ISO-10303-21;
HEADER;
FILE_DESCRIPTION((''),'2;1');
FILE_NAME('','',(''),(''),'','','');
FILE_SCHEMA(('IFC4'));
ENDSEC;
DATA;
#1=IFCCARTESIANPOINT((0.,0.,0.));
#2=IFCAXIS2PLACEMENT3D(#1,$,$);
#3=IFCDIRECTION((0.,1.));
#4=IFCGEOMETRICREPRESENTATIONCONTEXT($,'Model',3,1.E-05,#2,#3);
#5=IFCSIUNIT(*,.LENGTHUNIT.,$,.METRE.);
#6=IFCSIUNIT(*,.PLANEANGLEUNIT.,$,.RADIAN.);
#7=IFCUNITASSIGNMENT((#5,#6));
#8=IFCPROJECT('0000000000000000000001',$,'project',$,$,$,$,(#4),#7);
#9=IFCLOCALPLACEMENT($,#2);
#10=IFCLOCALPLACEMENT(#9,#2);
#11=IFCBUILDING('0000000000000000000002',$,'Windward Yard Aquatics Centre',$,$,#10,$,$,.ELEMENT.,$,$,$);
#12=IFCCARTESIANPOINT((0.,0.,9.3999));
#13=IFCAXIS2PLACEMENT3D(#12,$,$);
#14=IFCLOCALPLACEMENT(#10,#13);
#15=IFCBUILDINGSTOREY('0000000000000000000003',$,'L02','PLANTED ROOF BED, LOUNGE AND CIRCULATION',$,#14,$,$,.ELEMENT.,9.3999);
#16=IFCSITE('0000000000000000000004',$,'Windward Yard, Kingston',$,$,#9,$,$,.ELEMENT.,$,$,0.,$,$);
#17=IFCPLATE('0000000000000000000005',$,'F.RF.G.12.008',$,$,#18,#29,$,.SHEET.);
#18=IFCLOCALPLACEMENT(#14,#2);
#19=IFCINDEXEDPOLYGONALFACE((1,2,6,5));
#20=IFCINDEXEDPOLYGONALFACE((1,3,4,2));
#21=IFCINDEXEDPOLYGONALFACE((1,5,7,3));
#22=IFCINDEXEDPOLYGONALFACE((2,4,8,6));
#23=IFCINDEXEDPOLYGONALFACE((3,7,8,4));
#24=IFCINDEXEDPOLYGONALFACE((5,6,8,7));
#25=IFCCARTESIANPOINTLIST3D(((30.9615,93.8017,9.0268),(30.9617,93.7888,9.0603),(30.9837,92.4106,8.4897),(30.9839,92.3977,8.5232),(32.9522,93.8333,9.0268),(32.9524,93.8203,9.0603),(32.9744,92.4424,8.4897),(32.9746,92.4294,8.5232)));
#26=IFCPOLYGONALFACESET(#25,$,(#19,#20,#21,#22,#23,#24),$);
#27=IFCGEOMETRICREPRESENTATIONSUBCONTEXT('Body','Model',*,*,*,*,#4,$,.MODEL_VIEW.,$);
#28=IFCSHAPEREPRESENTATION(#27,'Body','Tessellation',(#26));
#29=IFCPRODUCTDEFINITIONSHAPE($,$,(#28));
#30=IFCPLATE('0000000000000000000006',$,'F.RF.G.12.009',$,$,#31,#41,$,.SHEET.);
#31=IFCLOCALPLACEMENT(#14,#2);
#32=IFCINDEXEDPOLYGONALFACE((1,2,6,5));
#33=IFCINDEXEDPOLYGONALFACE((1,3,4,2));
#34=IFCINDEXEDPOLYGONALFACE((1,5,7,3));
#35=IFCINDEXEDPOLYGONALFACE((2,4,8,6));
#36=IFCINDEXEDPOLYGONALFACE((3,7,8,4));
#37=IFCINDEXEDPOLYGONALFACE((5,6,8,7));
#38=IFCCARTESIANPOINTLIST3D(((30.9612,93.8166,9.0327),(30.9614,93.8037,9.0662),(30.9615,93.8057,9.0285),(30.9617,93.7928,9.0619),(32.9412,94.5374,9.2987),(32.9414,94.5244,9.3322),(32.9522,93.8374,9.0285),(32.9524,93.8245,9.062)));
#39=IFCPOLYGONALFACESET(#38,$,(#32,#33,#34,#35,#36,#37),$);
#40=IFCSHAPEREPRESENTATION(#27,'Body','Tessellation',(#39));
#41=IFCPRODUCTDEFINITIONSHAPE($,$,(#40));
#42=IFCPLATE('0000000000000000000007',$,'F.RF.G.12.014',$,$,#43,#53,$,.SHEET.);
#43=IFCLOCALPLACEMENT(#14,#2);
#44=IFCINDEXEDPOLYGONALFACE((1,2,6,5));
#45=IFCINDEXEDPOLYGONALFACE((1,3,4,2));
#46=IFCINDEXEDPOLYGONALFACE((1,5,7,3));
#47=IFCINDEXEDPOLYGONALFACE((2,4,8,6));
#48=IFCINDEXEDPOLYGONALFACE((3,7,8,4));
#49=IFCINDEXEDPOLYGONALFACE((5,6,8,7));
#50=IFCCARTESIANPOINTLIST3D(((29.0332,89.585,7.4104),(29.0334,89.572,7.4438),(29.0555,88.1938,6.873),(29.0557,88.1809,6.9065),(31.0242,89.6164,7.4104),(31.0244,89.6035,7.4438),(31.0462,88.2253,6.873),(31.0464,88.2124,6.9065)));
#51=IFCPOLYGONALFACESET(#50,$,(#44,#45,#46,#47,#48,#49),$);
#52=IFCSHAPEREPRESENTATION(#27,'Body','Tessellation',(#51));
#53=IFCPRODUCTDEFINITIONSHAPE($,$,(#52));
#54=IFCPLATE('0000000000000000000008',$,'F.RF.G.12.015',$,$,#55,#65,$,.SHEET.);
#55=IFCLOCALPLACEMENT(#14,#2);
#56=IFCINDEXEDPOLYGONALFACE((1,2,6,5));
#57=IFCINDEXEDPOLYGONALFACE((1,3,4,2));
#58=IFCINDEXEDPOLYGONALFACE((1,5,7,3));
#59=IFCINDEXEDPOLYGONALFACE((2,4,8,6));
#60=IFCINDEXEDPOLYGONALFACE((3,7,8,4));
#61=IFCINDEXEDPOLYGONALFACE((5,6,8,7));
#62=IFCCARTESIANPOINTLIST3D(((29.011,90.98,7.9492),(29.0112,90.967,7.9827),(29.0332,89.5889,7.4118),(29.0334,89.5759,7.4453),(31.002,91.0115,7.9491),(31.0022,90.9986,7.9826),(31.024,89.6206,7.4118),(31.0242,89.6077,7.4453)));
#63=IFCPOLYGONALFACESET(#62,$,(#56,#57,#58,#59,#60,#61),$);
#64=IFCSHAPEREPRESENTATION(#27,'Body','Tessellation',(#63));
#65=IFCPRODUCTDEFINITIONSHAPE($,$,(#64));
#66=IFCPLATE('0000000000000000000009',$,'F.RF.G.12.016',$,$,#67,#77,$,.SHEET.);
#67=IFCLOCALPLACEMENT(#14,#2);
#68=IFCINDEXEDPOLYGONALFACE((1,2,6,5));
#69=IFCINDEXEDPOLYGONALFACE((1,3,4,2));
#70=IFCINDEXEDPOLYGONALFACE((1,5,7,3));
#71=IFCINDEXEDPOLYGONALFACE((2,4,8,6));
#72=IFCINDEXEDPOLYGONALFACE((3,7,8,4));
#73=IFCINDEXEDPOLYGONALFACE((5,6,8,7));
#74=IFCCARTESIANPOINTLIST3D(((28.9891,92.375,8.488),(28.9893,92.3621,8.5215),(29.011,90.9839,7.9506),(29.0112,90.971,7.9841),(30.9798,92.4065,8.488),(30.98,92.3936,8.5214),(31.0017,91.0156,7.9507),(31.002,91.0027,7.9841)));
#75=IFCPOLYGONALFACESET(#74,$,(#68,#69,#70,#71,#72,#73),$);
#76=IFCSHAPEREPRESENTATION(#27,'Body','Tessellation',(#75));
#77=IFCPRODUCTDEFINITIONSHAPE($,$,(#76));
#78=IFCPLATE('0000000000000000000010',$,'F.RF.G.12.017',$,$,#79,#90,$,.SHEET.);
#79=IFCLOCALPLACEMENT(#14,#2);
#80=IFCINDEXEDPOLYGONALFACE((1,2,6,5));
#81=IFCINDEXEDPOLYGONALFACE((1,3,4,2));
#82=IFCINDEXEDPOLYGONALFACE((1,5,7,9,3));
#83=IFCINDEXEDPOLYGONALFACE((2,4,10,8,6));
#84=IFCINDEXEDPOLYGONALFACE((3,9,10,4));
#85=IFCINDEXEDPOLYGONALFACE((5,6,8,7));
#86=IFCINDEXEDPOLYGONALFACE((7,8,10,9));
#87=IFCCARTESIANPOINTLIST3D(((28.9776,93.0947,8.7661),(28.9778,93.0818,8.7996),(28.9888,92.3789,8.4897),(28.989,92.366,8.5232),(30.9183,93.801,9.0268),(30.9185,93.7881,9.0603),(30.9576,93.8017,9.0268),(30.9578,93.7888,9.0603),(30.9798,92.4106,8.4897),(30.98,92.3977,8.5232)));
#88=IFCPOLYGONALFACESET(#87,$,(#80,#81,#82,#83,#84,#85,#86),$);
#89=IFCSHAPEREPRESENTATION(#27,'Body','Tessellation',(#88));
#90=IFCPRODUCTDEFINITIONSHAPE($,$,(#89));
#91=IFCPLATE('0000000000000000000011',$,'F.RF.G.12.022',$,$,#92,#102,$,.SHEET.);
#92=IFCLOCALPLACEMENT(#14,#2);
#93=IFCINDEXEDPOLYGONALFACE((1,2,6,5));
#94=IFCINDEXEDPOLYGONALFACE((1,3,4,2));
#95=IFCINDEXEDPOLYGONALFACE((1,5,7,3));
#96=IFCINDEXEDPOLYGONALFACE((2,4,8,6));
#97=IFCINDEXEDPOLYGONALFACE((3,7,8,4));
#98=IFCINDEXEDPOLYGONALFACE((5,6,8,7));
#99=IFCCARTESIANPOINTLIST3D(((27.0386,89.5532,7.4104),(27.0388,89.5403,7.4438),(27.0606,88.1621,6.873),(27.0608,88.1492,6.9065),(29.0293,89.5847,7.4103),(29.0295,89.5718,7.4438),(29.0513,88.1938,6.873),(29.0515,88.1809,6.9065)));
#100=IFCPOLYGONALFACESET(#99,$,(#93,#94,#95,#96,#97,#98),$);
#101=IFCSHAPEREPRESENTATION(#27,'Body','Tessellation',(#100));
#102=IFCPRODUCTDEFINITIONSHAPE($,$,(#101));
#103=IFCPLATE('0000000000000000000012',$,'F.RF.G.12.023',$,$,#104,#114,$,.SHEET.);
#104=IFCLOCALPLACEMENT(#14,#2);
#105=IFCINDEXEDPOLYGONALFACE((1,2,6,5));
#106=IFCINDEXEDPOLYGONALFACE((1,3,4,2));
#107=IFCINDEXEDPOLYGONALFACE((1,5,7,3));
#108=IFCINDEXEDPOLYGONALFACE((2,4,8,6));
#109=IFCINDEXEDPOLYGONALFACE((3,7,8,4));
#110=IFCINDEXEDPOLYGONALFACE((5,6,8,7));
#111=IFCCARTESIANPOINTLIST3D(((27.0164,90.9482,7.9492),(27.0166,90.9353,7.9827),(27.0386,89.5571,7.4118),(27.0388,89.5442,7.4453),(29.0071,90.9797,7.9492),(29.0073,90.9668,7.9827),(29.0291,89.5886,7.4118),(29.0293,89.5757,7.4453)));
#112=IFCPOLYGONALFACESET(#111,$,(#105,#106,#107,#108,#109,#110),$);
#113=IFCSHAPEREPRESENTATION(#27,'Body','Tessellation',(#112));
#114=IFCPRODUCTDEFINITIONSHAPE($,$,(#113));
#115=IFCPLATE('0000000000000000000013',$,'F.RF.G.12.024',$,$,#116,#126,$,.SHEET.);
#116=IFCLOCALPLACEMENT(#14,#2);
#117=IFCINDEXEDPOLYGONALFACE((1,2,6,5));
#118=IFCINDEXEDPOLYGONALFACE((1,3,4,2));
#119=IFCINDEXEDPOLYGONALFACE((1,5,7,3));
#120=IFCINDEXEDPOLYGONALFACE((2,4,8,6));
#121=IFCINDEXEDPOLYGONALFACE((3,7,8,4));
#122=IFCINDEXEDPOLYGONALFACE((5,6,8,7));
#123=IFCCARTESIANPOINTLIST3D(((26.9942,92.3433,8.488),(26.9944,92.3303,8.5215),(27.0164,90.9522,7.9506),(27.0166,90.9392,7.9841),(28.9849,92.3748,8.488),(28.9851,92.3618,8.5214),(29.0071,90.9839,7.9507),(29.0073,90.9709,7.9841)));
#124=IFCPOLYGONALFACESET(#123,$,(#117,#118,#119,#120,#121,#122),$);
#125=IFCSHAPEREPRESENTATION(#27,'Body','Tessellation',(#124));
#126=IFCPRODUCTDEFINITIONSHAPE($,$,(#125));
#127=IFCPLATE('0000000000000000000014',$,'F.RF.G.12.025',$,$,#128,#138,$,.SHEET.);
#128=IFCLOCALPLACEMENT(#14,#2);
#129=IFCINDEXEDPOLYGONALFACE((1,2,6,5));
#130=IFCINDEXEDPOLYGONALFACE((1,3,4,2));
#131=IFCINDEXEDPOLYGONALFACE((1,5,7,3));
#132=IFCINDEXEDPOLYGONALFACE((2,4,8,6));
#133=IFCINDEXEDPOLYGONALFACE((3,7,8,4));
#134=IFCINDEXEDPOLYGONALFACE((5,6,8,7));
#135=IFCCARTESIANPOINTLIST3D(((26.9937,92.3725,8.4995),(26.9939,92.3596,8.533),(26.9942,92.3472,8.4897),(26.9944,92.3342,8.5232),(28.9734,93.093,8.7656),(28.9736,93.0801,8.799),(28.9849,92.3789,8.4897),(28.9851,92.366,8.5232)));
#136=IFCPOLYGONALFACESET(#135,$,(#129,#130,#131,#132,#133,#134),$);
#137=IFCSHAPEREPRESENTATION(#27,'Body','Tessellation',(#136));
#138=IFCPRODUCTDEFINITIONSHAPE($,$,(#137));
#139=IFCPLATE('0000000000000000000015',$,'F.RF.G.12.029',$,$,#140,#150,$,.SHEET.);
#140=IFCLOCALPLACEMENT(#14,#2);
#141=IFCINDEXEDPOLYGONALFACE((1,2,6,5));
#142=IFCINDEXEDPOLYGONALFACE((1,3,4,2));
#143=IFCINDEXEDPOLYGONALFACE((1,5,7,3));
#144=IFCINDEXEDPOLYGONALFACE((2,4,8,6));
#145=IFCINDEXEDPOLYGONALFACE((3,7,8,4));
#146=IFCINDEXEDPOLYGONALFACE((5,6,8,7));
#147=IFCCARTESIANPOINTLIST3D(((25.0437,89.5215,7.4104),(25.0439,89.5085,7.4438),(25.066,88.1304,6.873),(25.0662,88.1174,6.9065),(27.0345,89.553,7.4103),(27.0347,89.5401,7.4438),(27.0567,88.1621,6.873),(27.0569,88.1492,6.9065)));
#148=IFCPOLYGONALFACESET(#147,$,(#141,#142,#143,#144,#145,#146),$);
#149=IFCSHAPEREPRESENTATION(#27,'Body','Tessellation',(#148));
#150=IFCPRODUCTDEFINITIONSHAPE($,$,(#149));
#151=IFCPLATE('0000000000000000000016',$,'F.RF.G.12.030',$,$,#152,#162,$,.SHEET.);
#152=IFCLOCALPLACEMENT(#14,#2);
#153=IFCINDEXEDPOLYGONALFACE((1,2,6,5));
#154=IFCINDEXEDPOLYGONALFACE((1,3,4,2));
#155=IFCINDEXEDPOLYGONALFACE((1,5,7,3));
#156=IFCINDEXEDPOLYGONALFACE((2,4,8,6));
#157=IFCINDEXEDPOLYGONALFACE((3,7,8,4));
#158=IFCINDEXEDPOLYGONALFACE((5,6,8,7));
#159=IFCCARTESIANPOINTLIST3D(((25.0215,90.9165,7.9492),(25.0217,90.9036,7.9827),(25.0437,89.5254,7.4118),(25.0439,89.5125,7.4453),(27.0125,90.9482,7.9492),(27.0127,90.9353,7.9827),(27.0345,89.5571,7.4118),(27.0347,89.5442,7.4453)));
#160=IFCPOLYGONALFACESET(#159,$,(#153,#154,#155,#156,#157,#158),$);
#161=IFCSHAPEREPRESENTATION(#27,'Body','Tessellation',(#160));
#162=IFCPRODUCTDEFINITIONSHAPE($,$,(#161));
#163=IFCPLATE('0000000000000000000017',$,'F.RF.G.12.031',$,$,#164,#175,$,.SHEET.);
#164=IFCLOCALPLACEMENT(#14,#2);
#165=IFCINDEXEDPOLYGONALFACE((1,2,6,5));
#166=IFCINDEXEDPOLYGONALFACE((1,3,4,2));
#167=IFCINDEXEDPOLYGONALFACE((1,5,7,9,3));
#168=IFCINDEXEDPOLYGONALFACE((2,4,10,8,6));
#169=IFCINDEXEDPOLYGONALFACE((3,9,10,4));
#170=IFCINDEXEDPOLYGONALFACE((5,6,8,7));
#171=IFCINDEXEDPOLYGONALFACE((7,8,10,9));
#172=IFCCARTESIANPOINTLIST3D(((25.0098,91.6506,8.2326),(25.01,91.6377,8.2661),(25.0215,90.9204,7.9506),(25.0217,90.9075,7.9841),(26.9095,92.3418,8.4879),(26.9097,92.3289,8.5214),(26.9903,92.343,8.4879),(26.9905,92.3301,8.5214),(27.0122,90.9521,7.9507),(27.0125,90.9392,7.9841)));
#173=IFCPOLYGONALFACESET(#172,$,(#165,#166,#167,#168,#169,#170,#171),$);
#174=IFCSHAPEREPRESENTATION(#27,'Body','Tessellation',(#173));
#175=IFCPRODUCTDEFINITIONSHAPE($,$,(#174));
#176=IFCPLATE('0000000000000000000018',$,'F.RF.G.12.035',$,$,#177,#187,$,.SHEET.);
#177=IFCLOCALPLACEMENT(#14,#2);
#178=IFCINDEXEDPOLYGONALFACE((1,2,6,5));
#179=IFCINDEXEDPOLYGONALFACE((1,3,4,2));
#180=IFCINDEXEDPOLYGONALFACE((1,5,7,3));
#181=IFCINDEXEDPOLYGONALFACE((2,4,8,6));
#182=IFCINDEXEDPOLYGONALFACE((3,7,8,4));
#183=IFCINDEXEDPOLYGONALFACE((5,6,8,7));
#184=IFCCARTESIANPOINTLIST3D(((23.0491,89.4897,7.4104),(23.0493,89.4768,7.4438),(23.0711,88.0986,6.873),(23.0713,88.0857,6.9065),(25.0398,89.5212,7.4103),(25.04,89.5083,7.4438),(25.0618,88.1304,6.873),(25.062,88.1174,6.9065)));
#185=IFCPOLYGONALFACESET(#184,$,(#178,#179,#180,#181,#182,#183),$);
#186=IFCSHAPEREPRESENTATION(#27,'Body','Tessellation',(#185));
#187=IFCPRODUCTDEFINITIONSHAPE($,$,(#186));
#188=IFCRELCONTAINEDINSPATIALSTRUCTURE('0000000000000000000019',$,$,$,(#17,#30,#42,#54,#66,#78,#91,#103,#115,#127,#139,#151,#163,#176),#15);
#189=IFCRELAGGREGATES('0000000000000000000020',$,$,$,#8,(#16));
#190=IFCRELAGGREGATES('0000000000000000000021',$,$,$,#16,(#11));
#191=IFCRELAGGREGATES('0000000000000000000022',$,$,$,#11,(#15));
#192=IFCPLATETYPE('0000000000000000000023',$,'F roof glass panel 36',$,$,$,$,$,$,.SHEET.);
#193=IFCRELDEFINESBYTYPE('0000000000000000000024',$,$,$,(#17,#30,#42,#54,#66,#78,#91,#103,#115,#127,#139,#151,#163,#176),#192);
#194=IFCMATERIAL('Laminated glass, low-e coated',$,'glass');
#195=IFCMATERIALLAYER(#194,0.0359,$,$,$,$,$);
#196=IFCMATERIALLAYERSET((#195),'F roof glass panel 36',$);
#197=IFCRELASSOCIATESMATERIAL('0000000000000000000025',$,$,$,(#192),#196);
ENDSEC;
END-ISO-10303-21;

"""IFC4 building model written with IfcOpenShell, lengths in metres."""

from ifc_helpers import new_model, si_unit, direction, frame, origin, place, context, subcontext, project, spatial, polyline, outline, extrude, material, layer, layer_set, type_object, element, save


model = new_model("IFC4")

# Units and contexts
model_context = context("Model", 3, precision=1e-05, world=origin(), true_north=direction((0.0, 1.0)))
body_context = subcontext(model_context, "Body", "Model", "MODEL_VIEW")
ifc_project = project(units=[si_unit("LENGTHUNIT", "METRE"), si_unit("PLANEANGLEUNIT", "RADIAN")], contexts=[model_context])

# Site, building, storey
site_placement = place(None, origin())
site = spatial("IfcSite", under=ifc_project, at=site_placement, Name="Windward Yard, Kingston", CompositionType="ELEMENT", RefElevation=0.0)
building_placement = place(site_placement, origin())
building = spatial("IfcBuilding", under=site, at=building_placement, Name="Windward Yard Aquatics Centre", CompositionType="ELEMENT")
storey_placement = place(building_placement, frame((0.0, 0.0, 9.3999)))
storey = spatial("IfcBuildingStorey", under=building, at=storey_placement, Name="L02", Description="PLANTED ROOF BED, LOUNGE AND CIRCULATION", CompositionType="ELEMENT", Elevation=9.3999)

# Plates
ifc_material_1 = material(Name="Laminated glass, low-e coated", Category="glass")
ifc_layer_1 = layer(ifc_material_1, 0.0359)
ifc_layer_set_1 = layer_set([ifc_layer_1], Name="F roof glass panel 36")
plate_type = type_object("IfcPlateType", Name="F roof glass panel 36", PredefinedType="SHEET", material=ifc_layer_set_1)
plate_1_placement = place(storey_placement, frame((30.9617, 93.7888, 9.0603), z_axis=(0.005719, -0.360128, 0.932885), x_axis=(0.999875, 0.015826, -0.000021)))
element("IfcPlate", 1, at=plate_1_placement, inside=storey, type_object=plate_type, Name="F.RF.G.12.008", PredefinedType="SHEET", context=body_context, shape_type="SweptSolid", body=[
    extrude(outline(polyline([(0.0, 0.0), (1.991, 0.0), (1.9912, -1.4911), (0.0002, -1.4914), (0.0, 0.0)])), origin(), (0.0, 0.0, -1.0), 0.0359),
])
plate_2_placement = place(storey_placement, frame((30.9614, 93.8037, 9.0662), z_axis=(0.005697, -0.360011, 0.932931), x_axis=(0.932279, 0.339359, 0.125263)))
element("IfcPlate", 2, at=plate_2_placement, inside=storey, type_object=plate_type, Name="F.RF.G.12.009", PredefinedType="SHEET", context=body_context, shape_type="SweptSolid", body=[
    extrude(outline(polyline([(0.0, 0.0), (2.1238, 0.0), (1.8627, -0.7035), (-0.004, -0.011), (0.0, 0.0)])), origin(), (0.0, 0.0, -1.0), 0.0359),
])
plate_3_placement = place(storey_placement, frame((29.0334, 89.572, 7.4438), z_axis=(0.005699, -0.360243, 0.932841), x_axis=(0.999875, 0.015817, 0.0)))
element("IfcPlate", 3, at=plate_3_placement, inside=storey, type_object=plate_type, Name="F.RF.G.12.014", PredefinedType="SHEET", context=body_context, shape_type="SweptSolid", body=[
    extrude(outline(polyline([(0.0, 0.0), (1.9912, 0.0), (1.9912, -1.4915), (0.0002, -1.4915), (0.0, 0.0)])), origin(), (0.0, 0.0, -1.0), 0.0359),
])
plate_4_placement = place(storey_placement, frame((29.0112, 90.967, 7.9827), z_axis=(0.005721, -0.360271, 0.93283), x_axis=(0.999875, 0.015825, -0.000021)))
element("IfcPlate", 4, at=plate_4_placement, inside=storey, type_object=plate_type, Name="F.RF.G.12.015", PredefinedType="SHEET", context=body_context, shape_type="SweptSolid", body=[
    extrude(outline(polyline([(0.0, 0.0), (1.9912, 0.0), (1.9912, -1.4912), (0.0002, -1.4915), (0.0, 0.0)])), origin(), (0.0, 0.0, -1.0), 0.0359),
])
plate_5_placement = place(storey_placement, frame((28.9893, 92.3621, 8.5215), z_axis=(0.005722, -0.360271, 0.93283), x_axis=(0.999875, 0.015826, -0.000021)))
element("IfcPlate", 5, at=plate_5_placement, inside=storey, type_object=plate_type, Name="F.RF.G.12.016", PredefinedType="SHEET", context=body_context, shape_type="SweptSolid", body=[
    extrude(outline(polyline([(0.0, 0.0), (1.991, 0.0), (1.9909, -1.4912), (0.0, -1.4915), (0.0, 0.0)])), origin(), (0.0, 0.0, -1.0), 0.0359),
])
plate_6_placement = place(storey_placement, frame((28.9778, 93.0818, 8.7996), z_axis=(0.005744, -0.360112, 0.932892), x_axis=(0.932299, 0.339313, 0.125241)))
element("IfcPlate", 6, at=plate_6_placement, inside=storey, type_object=plate_type, Name="F.RF.G.12.017", PredefinedType="SHEET", context=body_context, shape_type="SweptSolid", body=[
    extrude(outline(polyline([(0.0, 0.0), (2.0816, 0.0), (2.1185, -0.0136), (1.5999, -1.4119), (-0.267, -0.7194), (0.0, 0.0)])), origin(), (0.0, 0.0, -1.0), 0.0359),
])
plate_7_placement = place(storey_placement, frame((27.0388, 89.5403, 7.4438), z_axis=(0.005722, -0.360271, 0.93283), x_axis=(0.999875, 0.015826, -0.000021)))
element("IfcPlate", 7, at=plate_7_placement, inside=storey, type_object=plate_type, Name="F.RF.G.12.022", PredefinedType="SHEET", context=body_context, shape_type="SweptSolid", body=[
    extrude(outline(polyline([(0.0, 0.0), (1.991, 0.0), (1.9909, -1.4912), (0.0, -1.4915), (0.0, 0.0)])), origin(), (0.0, 0.0, -1.0), 0.0359),
])
plate_8_placement = place(storey_placement, frame((27.0166, 90.9353, 7.9827), z_axis=(0.0057, -0.360243, 0.932841), x_axis=(0.999875, 0.015819, 0.0)))
element("IfcPlate", 8, at=plate_8_placement, inside=storey, type_object=plate_type, Name="F.RF.G.12.023", PredefinedType="SHEET", context=body_context, shape_type="SweptSolid", body=[
    extrude(outline(polyline([(0.0, 0.0), (1.991, 0.0), (1.9909, -1.4915), (0.0002, -1.4915), (0.0, 0.0)])), origin(), (0.0, 0.0, -1.0), 0.0359),
])
plate_9_placement = place(storey_placement, frame((26.9944, 92.3303, 8.5215), z_axis=(0.005722, -0.36027, 0.93283), x_axis=(0.999875, 0.015826, -0.000021)))
element("IfcPlate", 9, at=plate_9_placement, inside=storey, type_object=plate_type, Name="F.RF.G.12.024", PredefinedType="SHEET", context=body_context, shape_type="SweptSolid", body=[
    extrude(outline(polyline([(0.0, 0.0), (1.991, 0.0), (1.9912, -1.4912), (0.0002, -1.4915), (0.0, 0.0)])), origin(), (0.0, 0.0, -1.0), 0.0359),
])
plate_10_placement = place(storey_placement, frame((26.9939, 92.3596, 8.533), z_axis=(0.005723, -0.360234, 0.932845), x_axis=(0.932301, 0.339286, 0.125301)))
element("IfcPlate", 10, at=plate_10_placement, inside=storey, type_object=plate_type, Name="F.RF.G.12.025", PredefinedType="SHEET", context=body_context, shape_type="SweptSolid", body=[
    extrude(outline(polyline([(0.0, 0.0), (2.1235, 0.0), (1.8573, -0.7179), (-0.0094, -0.0255), (0.0, 0.0)])), origin(), (0.0, 0.0, -1.0), 0.0359),
])
plate_11_placement = place(storey_placement, frame((25.0439, 89.5085, 7.4438), z_axis=(0.005722, -0.36027, 0.93283), x_axis=(0.999875, 0.015826, -0.000021)))
element("IfcPlate", 11, at=plate_11_placement, inside=storey, type_object=plate_type, Name="F.RF.G.12.029", PredefinedType="SHEET", context=body_context, shape_type="SweptSolid", body=[
    extrude(outline(polyline([(0.0, 0.0), (1.991, 0.0), (1.9912, -1.4912), (0.0002, -1.4915), (0.0, 0.0)])), origin(), (0.0, 0.0, -1.0), 0.0359),
])
plate_12_placement = place(storey_placement, frame((25.0217, 90.9036, 7.9827), z_axis=(0.005743, -0.360243, 0.932841), x_axis=(0.999873, 0.015939, 0.0)))
element("IfcPlate", 12, at=plate_12_placement, inside=storey, type_object=plate_type, Name="F.RF.G.12.030", PredefinedType="SHEET", context=body_context, shape_type="SweptSolid", body=[
    extrude(outline(polyline([(0.0, 0.0), (1.9912, 0.0), (1.991, -1.4915), (0.0, -1.4915), (0.0, 0.0)])), origin(), (0.0, 0.0, -1.0), 0.0359),
])
plate_13_placement = place(storey_placement, frame((25.01, 91.6377, 8.2661), z_axis=(0.005698, -0.36024, 0.932842), x_axis=(0.932323, 0.339223, 0.125304)))
element("IfcPlate", 13, at=plate_13_placement, inside=storey, type_object=plate_type, Name="F.RF.G.12.031", PredefinedType="SHEET", context=body_context, shape_type="SweptSolid", body=[
    extrude(outline(polyline([(0.0, 0.0), (2.0376, 0.0), (2.1133, -0.0282), (1.5946, -1.4263), (-0.2721, -0.7341), (0.0, 0.0)])), origin(), (0.0, 0.0, -1.0), 0.0359),
])
plate_14_placement = place(storey_placement, frame((23.0493, 89.4768, 7.4438), z_axis=(0.005722, -0.360271, 0.93283), x_axis=(0.999875, 0.015826, -0.000021)))
element("IfcPlate", 14, at=plate_14_placement, inside=storey, type_object=plate_type, Name="F.RF.G.12.035", PredefinedType="SHEET", context=body_context, shape_type="SweptSolid", body=[
    extrude(outline(polyline([(0.0, 0.0), (1.991, 0.0), (1.9909, -1.4912), (0.0, -1.4915), (0.0, 0.0)])), origin(), (0.0, 0.0, -1.0), 0.0359),
])

save(model, "model.ifc")
